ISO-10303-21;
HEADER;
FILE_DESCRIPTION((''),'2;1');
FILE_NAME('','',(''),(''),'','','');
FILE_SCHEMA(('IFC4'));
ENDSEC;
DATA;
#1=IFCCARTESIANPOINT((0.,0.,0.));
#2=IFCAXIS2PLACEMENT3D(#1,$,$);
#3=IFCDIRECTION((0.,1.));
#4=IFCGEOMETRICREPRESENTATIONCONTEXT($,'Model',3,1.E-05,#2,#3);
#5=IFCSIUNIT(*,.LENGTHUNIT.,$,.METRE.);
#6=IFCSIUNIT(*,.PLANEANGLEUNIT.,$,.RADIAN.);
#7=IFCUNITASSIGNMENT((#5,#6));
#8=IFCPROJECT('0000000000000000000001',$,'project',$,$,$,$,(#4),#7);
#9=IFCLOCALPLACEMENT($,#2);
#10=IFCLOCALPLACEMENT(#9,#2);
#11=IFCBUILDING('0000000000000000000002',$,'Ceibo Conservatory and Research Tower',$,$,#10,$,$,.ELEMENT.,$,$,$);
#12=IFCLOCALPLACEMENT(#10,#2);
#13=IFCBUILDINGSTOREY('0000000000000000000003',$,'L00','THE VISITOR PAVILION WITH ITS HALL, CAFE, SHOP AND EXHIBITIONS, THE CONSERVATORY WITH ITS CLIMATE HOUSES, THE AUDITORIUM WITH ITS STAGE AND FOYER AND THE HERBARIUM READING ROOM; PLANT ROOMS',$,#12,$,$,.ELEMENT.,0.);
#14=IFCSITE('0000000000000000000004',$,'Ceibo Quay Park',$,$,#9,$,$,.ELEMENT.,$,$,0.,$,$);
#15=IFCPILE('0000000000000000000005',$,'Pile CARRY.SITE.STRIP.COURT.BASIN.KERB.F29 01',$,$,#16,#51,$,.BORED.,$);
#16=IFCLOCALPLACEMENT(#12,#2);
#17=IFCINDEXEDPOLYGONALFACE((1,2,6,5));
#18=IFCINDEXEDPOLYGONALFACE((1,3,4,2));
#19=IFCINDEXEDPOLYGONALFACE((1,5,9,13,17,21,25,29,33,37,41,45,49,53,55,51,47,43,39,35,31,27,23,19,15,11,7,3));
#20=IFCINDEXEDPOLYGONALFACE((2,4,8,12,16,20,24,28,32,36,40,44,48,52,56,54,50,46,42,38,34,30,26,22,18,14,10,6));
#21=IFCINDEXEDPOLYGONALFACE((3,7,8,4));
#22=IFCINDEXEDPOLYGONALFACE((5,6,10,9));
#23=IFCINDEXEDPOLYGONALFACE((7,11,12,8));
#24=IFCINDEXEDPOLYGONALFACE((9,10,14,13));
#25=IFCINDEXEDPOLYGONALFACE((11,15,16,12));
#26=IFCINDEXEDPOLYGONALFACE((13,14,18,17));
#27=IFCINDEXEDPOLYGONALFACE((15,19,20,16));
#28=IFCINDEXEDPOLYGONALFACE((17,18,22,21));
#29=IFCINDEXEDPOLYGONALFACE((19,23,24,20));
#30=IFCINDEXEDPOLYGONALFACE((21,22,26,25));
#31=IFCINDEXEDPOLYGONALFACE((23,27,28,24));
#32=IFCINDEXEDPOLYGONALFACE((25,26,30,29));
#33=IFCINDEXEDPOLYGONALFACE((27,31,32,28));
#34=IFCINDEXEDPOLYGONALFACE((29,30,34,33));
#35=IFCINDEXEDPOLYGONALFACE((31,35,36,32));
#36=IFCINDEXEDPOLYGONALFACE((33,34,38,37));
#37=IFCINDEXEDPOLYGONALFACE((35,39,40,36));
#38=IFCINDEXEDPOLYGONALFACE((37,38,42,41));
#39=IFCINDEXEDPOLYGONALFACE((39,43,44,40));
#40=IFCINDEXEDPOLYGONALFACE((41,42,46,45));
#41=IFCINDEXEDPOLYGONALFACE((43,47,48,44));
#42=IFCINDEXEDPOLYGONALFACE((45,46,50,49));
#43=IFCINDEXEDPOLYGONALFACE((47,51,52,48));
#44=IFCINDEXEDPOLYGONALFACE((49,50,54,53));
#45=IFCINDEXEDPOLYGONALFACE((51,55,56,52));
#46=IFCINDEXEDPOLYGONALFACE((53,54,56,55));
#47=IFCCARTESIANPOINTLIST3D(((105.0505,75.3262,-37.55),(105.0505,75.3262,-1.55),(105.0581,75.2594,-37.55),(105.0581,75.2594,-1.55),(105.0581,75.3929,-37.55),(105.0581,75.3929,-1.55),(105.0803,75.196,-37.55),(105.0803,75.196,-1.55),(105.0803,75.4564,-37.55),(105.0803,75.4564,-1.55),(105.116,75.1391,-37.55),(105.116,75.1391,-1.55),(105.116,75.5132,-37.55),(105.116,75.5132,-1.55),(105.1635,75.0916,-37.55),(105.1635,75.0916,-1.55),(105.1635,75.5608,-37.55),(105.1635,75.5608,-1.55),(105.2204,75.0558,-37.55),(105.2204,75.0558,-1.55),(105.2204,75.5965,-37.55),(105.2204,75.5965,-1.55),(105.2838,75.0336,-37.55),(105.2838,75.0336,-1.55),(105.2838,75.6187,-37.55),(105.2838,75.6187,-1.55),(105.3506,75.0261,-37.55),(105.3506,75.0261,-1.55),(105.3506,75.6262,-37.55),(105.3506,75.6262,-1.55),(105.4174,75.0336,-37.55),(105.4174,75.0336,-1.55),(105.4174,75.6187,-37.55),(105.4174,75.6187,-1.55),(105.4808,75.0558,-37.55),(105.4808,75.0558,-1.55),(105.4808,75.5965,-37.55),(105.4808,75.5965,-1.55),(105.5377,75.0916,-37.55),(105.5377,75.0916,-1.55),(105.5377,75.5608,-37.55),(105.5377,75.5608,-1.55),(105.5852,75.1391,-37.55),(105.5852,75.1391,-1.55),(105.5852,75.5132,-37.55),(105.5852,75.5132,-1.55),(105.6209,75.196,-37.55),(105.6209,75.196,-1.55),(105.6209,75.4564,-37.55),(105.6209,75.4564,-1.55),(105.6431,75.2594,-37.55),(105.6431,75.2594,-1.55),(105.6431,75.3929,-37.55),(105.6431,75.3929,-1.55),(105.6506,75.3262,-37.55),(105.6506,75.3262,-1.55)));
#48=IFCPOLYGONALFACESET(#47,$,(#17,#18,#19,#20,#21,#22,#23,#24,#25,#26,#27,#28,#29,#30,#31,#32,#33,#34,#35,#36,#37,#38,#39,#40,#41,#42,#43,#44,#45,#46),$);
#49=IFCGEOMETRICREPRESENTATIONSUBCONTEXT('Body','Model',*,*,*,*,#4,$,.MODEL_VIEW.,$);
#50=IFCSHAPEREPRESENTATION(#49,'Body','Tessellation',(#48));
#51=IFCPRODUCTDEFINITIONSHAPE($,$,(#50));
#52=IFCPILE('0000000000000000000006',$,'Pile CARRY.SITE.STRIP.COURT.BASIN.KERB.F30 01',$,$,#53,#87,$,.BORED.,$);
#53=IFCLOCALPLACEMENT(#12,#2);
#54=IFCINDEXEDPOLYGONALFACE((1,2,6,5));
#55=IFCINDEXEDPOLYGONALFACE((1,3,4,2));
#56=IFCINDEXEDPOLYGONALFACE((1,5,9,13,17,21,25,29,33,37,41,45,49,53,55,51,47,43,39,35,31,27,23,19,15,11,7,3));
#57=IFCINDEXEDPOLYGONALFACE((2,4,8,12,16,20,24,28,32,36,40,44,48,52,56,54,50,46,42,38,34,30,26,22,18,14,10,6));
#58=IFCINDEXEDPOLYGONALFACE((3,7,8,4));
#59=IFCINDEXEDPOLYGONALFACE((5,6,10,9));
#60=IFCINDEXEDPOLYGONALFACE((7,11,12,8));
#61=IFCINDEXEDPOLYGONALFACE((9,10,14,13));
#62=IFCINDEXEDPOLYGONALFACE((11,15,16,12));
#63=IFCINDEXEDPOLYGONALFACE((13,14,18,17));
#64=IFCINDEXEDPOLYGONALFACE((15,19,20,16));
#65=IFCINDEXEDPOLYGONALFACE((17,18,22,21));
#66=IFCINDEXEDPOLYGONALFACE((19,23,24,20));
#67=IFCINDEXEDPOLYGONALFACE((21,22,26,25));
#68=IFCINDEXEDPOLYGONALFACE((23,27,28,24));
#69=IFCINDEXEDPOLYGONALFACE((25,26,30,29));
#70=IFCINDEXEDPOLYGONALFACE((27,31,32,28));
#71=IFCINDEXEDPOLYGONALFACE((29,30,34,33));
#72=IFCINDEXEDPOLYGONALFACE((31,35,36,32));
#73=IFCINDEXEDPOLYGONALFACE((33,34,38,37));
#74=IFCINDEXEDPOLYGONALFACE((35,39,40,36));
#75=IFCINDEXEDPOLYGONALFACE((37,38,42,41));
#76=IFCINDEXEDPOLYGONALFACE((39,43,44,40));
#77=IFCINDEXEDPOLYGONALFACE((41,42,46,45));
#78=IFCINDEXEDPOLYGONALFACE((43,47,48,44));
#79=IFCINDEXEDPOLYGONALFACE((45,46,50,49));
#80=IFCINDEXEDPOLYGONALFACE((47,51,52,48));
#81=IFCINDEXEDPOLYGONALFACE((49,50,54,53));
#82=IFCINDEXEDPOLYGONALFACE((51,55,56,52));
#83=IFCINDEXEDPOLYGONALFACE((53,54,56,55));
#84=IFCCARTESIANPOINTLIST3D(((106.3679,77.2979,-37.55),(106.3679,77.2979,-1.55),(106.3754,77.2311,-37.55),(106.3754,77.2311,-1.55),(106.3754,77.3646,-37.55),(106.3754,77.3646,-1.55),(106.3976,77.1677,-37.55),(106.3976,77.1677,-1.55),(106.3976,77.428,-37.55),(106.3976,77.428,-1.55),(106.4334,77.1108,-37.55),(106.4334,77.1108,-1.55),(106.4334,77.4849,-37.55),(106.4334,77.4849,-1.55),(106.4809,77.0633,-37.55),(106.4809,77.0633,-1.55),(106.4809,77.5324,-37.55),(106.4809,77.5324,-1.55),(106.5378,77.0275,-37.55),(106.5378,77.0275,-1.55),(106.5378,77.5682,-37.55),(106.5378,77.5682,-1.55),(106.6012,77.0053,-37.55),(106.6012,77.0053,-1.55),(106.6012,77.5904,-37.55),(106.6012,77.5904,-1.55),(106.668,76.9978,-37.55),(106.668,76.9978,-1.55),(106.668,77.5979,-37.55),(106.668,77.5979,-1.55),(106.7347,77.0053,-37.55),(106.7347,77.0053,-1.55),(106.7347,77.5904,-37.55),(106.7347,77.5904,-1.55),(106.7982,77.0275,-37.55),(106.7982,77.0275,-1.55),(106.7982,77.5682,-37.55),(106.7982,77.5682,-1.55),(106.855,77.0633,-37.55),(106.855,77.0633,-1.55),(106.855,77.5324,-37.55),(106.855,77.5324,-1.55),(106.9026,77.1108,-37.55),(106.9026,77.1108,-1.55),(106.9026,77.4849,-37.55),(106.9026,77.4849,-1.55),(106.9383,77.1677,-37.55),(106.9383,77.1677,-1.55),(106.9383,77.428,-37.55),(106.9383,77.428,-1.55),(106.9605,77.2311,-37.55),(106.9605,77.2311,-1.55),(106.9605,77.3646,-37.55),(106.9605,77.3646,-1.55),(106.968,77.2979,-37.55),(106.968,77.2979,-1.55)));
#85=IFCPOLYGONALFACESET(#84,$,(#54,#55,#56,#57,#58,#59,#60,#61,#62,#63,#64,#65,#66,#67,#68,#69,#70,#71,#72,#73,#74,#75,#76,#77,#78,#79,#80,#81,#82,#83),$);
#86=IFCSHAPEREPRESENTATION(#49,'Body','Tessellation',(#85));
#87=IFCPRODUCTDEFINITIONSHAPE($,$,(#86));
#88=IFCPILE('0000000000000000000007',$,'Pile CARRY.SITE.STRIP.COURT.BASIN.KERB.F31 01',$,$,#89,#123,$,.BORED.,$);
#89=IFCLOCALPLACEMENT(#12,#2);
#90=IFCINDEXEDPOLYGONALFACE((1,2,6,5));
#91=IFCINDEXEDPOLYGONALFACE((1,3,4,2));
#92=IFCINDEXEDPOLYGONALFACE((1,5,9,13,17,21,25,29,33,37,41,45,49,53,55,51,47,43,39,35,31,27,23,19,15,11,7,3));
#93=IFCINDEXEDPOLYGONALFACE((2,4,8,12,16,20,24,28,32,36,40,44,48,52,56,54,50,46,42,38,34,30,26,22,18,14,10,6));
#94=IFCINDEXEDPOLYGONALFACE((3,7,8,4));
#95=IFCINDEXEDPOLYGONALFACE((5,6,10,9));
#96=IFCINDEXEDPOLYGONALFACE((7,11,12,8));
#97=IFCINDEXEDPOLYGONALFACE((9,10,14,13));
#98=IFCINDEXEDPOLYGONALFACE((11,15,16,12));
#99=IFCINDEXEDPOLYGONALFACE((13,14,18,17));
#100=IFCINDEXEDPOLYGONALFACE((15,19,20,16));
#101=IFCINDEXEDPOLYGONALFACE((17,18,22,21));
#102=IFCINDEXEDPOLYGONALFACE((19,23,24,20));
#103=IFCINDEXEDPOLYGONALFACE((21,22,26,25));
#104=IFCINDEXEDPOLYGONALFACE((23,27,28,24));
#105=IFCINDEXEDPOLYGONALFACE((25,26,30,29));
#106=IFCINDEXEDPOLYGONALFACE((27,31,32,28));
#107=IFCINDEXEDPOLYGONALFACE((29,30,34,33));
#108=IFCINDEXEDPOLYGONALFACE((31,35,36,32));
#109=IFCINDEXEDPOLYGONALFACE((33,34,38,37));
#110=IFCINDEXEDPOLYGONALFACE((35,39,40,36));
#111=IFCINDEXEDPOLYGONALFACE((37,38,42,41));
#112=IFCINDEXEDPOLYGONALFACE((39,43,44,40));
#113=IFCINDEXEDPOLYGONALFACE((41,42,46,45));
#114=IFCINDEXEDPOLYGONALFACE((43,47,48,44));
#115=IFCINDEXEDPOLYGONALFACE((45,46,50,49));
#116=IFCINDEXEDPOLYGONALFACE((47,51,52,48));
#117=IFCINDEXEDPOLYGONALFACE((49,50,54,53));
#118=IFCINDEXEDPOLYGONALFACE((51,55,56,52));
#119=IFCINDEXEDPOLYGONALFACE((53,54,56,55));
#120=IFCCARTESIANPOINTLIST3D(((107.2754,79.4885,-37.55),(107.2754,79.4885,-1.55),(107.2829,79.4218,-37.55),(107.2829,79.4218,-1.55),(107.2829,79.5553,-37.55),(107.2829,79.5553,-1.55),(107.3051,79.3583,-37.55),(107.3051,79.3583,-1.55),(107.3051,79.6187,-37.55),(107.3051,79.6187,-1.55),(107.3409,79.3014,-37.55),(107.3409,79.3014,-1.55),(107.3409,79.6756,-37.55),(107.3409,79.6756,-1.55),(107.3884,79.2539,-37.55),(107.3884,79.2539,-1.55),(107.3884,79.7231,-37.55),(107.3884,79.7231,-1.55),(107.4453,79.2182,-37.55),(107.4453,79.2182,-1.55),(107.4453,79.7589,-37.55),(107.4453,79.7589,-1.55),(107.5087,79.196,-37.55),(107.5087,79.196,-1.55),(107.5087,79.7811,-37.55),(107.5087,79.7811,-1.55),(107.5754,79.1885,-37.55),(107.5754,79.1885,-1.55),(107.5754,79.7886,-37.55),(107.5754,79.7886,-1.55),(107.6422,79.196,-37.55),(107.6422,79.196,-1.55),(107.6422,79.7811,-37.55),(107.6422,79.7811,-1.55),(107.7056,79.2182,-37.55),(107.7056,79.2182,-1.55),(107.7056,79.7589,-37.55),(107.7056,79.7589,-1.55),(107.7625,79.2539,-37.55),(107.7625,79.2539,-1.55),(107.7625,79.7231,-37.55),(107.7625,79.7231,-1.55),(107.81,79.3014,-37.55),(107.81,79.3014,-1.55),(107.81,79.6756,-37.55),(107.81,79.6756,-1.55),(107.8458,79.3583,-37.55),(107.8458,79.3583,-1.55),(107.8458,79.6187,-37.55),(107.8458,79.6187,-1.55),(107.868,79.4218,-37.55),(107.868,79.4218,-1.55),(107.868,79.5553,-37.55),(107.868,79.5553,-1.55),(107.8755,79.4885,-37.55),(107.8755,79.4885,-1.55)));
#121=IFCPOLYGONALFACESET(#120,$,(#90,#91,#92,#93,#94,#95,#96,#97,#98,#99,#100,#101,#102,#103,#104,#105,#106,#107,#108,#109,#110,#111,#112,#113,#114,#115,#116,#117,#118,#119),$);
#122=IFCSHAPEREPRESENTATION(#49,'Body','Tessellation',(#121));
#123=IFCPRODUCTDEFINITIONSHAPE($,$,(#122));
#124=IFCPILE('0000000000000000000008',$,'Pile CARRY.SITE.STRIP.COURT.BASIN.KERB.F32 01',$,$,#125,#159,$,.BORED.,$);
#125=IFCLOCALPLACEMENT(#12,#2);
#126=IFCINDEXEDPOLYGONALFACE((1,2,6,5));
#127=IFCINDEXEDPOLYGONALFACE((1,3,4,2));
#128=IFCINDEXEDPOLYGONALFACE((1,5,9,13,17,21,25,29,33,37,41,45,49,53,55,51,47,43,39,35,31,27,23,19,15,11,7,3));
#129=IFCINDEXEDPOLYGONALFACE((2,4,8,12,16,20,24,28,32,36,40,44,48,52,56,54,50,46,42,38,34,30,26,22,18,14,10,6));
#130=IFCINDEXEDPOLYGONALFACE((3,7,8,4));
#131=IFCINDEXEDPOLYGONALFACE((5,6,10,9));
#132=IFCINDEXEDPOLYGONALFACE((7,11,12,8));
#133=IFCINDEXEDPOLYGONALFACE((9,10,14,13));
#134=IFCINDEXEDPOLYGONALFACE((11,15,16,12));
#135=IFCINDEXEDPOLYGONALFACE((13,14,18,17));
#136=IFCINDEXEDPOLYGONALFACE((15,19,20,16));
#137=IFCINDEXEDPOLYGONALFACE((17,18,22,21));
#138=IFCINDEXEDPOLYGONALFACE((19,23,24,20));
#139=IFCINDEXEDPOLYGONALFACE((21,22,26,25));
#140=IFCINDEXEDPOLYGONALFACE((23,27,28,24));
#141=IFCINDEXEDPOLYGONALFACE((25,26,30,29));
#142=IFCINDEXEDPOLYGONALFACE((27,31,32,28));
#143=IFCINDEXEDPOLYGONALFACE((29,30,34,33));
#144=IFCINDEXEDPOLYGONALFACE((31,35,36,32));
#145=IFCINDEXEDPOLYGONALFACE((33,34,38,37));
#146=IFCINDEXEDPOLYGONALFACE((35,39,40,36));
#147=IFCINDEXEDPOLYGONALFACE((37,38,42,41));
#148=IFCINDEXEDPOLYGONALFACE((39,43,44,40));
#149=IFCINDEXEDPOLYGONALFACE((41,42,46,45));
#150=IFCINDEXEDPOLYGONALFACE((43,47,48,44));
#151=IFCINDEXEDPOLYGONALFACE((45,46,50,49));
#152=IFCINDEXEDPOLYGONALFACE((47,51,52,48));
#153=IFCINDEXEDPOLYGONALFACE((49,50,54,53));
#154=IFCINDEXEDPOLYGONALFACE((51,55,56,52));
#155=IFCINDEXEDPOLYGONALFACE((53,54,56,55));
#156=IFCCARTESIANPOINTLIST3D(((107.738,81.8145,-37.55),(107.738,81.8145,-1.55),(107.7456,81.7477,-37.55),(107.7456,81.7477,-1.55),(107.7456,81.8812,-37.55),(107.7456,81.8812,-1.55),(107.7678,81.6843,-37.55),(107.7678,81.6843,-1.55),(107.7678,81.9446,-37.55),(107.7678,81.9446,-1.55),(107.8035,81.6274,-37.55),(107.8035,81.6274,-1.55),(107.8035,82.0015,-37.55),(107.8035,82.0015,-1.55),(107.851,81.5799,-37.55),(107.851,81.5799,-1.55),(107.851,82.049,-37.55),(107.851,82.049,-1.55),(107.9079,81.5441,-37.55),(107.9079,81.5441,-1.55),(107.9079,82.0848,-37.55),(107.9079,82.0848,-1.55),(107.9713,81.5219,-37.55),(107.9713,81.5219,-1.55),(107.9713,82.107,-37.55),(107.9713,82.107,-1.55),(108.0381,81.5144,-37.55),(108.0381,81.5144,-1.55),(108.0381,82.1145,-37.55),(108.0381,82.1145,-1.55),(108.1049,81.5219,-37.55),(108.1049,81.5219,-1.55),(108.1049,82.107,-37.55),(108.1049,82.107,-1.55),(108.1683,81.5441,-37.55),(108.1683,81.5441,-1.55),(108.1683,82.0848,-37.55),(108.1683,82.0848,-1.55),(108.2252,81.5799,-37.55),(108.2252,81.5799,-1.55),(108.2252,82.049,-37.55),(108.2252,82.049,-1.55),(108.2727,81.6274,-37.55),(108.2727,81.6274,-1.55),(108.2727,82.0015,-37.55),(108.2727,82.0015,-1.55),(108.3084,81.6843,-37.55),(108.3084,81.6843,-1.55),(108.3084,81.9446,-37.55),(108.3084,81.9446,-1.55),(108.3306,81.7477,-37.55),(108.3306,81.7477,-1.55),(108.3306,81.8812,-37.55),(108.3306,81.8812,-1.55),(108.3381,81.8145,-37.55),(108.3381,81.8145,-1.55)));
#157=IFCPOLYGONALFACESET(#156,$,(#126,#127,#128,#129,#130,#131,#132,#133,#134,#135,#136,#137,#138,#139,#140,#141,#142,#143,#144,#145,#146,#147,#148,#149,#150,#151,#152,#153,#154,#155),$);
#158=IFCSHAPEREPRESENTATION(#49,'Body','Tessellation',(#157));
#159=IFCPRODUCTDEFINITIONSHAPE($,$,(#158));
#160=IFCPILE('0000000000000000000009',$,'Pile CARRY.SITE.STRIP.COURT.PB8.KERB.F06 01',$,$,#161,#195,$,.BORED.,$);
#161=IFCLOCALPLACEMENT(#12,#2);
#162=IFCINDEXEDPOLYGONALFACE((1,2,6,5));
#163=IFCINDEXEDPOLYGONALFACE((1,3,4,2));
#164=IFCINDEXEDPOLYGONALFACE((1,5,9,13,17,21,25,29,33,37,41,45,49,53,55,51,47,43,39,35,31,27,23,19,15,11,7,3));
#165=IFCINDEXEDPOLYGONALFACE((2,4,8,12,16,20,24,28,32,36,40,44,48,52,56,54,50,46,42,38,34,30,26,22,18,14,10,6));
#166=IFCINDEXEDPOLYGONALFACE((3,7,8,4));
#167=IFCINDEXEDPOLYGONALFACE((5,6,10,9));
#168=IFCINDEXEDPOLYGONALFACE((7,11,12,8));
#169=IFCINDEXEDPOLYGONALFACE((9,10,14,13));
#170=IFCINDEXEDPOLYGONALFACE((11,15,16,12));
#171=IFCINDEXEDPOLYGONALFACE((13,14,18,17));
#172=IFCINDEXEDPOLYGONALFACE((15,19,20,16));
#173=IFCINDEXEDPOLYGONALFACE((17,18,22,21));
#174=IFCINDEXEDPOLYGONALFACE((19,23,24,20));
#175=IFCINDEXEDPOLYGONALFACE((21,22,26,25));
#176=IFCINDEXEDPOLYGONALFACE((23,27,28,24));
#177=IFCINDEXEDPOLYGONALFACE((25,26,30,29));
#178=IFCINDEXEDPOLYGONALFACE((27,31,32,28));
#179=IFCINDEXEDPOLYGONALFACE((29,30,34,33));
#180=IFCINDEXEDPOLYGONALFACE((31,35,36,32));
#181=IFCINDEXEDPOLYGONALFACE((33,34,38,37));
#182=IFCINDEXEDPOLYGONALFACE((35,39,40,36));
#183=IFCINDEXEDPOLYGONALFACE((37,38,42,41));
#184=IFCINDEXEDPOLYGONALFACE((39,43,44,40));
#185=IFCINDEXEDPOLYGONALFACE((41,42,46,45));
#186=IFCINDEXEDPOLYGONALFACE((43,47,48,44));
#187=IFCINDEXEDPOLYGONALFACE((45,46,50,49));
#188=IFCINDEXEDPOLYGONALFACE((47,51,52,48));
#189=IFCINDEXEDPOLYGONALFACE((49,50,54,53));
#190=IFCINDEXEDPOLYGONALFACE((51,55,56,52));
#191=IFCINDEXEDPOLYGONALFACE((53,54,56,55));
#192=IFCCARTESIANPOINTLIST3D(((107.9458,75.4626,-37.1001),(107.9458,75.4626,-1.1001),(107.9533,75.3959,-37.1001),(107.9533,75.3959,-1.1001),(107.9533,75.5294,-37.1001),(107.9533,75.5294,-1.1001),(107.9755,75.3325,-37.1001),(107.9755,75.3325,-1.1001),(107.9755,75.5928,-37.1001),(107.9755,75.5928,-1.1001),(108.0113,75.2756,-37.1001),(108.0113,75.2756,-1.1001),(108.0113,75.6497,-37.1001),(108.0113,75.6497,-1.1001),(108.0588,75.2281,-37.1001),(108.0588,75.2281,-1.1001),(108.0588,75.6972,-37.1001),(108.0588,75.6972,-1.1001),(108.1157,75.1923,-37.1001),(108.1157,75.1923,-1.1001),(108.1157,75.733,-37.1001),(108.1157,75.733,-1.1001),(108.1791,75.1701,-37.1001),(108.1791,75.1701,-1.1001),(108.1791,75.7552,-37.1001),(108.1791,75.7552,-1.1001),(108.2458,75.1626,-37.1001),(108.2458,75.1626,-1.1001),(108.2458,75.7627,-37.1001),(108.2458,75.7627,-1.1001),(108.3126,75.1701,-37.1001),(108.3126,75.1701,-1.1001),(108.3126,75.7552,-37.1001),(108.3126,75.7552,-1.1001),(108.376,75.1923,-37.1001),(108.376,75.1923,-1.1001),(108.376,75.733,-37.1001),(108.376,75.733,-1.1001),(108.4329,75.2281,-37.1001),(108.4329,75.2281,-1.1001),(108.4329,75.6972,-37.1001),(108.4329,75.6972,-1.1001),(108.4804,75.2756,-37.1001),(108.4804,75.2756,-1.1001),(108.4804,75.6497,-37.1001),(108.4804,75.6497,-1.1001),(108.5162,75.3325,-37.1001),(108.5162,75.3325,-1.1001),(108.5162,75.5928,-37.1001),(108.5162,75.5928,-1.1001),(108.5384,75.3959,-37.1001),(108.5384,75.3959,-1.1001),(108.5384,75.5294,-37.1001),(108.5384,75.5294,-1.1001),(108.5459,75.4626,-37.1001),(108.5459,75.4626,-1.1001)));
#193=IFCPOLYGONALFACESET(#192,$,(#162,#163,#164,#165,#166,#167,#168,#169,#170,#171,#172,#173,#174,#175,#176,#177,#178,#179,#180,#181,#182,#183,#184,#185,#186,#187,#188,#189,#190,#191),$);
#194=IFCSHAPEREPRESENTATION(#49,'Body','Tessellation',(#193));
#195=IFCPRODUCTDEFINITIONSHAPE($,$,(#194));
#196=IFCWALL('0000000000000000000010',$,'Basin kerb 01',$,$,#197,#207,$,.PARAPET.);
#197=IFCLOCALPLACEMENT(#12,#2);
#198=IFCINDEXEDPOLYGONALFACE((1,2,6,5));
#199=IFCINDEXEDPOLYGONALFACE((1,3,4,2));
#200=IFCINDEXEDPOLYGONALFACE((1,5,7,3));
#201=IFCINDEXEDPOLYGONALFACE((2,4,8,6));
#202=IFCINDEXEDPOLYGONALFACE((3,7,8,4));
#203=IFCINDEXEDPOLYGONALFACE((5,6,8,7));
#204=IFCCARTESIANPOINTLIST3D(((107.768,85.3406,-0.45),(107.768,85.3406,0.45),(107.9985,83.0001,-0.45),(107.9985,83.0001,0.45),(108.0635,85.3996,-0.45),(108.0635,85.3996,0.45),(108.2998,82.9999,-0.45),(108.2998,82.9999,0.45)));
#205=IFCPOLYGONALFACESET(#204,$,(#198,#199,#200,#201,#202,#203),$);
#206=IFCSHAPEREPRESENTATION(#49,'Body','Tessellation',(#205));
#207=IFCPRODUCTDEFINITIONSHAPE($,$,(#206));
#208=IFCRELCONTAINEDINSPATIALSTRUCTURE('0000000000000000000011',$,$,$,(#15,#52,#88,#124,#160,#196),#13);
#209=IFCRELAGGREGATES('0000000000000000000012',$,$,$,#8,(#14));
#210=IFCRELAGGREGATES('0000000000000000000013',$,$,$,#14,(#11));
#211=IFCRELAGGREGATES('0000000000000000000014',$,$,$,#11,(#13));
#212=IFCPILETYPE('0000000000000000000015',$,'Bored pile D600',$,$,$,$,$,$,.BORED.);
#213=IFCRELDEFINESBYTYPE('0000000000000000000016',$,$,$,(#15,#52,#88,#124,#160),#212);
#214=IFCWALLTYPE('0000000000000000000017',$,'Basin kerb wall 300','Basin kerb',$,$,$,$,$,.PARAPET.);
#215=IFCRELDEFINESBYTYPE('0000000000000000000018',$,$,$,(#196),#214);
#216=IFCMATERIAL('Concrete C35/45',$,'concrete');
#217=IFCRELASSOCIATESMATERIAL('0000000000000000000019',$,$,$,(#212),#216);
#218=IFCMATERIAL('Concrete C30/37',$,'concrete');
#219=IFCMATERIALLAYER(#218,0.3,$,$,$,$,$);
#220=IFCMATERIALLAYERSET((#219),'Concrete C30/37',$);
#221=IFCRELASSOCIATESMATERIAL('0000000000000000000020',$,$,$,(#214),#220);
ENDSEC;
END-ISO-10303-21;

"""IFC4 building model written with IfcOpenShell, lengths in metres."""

from ifc_helpers import new_model, si_unit, direction, frame, origin, origin_2d, place, context, subcontext, project, spatial, polyline, circle, outline, extrude, material, layer, layer_set, material_profile, profile_set, type_object, element, save


model = new_model("IFC4")

# Units and contexts
model_context = context("Model", 3, precision=1e-05, world=origin(), true_north=direction((0.0, 1.0)))
body_context = subcontext(model_context, "Body", "Model", "MODEL_VIEW")
ifc_project = project(units=[si_unit("LENGTHUNIT", "METRE"), si_unit("PLANEANGLEUNIT", "RADIAN")], contexts=[model_context])

# Site, building, storey
site_placement = place(None, origin())
site = spatial("IfcSite", under=ifc_project, at=site_placement, Name="Ceibo Quay Park", CompositionType="ELEMENT", RefElevation=0.0)
building_placement = place(site_placement, origin())
building = spatial("IfcBuilding", under=site, at=building_placement, Name="Ceibo Conservatory and Research Tower", CompositionType="ELEMENT")
storey_placement = place(building_placement, origin())
storey = spatial("IfcBuildingStorey", under=building, at=storey_placement, Name="L00", Description="THE VISITOR PAVILION WITH ITS HALL, CAFE, SHOP AND EXHIBITIONS, THE CONSERVATORY WITH ITS CLIMATE HOUSES, THE AUDITORIUM WITH ITS STAGE AND FOYER AND THE HERBARIUM READING ROOM; PLANT ROOMS", CompositionType="ELEMENT", Elevation=0.0)

# Piles
ifc_material_1 = material(Name="Concrete C35/45", Category="concrete")
ifc_material_profile = material_profile(ifc_material_1, circle(Radius=0.3, at=origin_2d()), Name="RC D600")
ifc_profile_set = profile_set([ifc_material_profile], Name="Concrete C35/45")
pile_type = type_object("IfcPileType", Name="Bored pile D600", PredefinedType="BORED", material=ifc_profile_set)
for number, where, z_axis, x_axis, name in (
    (1, (105.3506, 75.3262, -1.55), (0.0, 0.0, -1.0), (1.0, 0.0, 0.0), "Pile CARRY.SITE.STRIP.COURT.BASIN.KERB.F29 01"),
    (2, (106.668, 77.2979, -1.55), (0.0, 0.0, -1.0), (1.0, 0.0, 0.0), "Pile CARRY.SITE.STRIP.COURT.BASIN.KERB.F30 01"),
    (3, (107.5754, 79.4885, -1.55), (0.0, 0.0, -1.0), (1.0, 0.0, 0.0), "Pile CARRY.SITE.STRIP.COURT.BASIN.KERB.F31 01"),
    (4, (108.0381, 81.8145, -1.55), (0.0, 0.0, -1.0), (1.0, 0.0, 0.0), "Pile CARRY.SITE.STRIP.COURT.BASIN.KERB.F32 01"),
    (5, (108.2458, 75.4626, -1.1001), (0.0, 0.0, -1.0), (1.0, 0.0, 0.0), "Pile CARRY.SITE.STRIP.COURT.PB8.KERB.F06 01"),
):
    element("IfcPile", number, at=place(storey_placement, frame(where, z_axis=z_axis, x_axis=x_axis)), inside=storey, type_object=pile_type, Name=name, PredefinedType="BORED", context=body_context, shape_type="SweptSolid", body=[
        extrude(circle(Radius=0.3, at=origin_2d()), origin(), (0.0, 0.0, 1.0), 36.0),
    ])

# Wall
ifc_material_2 = material(Name="Concrete C30/37", Category="concrete")
ifc_layer_1 = layer(ifc_material_2, 0.3)
ifc_layer_set_1 = layer_set([ifc_layer_1], Name="Concrete C30/37")
wall_type_1 = type_object("IfcWallType", Name="Basin kerb wall 300", Description="Basin kerb", PredefinedType="PARAPET", material=ifc_layer_set_1)
wall_1_placement = place(storey_placement, frame((108.1492, 83.0, -0.45), z_axis=(0.0, 0.0, 1.0), x_axis=(-0.098001, 0.995186, 0.0)))
element("IfcWall", 6, at=wall_1_placement, inside=storey, type_object=wall_type_1, Name="Basin kerb 01", PredefinedType="PARAPET", context=body_context, shape_type="SweptSolid", body=[
    extrude(outline(polyline([(-0.0149, -0.1499), (2.3965, -0.1499), (2.3667, 0.1499), (0.0149, 0.1499), (-0.0149, -0.1499)])), origin(), (0.0, 0.0, 1.0), 0.8999),
])

save(model, "model.ifc")
